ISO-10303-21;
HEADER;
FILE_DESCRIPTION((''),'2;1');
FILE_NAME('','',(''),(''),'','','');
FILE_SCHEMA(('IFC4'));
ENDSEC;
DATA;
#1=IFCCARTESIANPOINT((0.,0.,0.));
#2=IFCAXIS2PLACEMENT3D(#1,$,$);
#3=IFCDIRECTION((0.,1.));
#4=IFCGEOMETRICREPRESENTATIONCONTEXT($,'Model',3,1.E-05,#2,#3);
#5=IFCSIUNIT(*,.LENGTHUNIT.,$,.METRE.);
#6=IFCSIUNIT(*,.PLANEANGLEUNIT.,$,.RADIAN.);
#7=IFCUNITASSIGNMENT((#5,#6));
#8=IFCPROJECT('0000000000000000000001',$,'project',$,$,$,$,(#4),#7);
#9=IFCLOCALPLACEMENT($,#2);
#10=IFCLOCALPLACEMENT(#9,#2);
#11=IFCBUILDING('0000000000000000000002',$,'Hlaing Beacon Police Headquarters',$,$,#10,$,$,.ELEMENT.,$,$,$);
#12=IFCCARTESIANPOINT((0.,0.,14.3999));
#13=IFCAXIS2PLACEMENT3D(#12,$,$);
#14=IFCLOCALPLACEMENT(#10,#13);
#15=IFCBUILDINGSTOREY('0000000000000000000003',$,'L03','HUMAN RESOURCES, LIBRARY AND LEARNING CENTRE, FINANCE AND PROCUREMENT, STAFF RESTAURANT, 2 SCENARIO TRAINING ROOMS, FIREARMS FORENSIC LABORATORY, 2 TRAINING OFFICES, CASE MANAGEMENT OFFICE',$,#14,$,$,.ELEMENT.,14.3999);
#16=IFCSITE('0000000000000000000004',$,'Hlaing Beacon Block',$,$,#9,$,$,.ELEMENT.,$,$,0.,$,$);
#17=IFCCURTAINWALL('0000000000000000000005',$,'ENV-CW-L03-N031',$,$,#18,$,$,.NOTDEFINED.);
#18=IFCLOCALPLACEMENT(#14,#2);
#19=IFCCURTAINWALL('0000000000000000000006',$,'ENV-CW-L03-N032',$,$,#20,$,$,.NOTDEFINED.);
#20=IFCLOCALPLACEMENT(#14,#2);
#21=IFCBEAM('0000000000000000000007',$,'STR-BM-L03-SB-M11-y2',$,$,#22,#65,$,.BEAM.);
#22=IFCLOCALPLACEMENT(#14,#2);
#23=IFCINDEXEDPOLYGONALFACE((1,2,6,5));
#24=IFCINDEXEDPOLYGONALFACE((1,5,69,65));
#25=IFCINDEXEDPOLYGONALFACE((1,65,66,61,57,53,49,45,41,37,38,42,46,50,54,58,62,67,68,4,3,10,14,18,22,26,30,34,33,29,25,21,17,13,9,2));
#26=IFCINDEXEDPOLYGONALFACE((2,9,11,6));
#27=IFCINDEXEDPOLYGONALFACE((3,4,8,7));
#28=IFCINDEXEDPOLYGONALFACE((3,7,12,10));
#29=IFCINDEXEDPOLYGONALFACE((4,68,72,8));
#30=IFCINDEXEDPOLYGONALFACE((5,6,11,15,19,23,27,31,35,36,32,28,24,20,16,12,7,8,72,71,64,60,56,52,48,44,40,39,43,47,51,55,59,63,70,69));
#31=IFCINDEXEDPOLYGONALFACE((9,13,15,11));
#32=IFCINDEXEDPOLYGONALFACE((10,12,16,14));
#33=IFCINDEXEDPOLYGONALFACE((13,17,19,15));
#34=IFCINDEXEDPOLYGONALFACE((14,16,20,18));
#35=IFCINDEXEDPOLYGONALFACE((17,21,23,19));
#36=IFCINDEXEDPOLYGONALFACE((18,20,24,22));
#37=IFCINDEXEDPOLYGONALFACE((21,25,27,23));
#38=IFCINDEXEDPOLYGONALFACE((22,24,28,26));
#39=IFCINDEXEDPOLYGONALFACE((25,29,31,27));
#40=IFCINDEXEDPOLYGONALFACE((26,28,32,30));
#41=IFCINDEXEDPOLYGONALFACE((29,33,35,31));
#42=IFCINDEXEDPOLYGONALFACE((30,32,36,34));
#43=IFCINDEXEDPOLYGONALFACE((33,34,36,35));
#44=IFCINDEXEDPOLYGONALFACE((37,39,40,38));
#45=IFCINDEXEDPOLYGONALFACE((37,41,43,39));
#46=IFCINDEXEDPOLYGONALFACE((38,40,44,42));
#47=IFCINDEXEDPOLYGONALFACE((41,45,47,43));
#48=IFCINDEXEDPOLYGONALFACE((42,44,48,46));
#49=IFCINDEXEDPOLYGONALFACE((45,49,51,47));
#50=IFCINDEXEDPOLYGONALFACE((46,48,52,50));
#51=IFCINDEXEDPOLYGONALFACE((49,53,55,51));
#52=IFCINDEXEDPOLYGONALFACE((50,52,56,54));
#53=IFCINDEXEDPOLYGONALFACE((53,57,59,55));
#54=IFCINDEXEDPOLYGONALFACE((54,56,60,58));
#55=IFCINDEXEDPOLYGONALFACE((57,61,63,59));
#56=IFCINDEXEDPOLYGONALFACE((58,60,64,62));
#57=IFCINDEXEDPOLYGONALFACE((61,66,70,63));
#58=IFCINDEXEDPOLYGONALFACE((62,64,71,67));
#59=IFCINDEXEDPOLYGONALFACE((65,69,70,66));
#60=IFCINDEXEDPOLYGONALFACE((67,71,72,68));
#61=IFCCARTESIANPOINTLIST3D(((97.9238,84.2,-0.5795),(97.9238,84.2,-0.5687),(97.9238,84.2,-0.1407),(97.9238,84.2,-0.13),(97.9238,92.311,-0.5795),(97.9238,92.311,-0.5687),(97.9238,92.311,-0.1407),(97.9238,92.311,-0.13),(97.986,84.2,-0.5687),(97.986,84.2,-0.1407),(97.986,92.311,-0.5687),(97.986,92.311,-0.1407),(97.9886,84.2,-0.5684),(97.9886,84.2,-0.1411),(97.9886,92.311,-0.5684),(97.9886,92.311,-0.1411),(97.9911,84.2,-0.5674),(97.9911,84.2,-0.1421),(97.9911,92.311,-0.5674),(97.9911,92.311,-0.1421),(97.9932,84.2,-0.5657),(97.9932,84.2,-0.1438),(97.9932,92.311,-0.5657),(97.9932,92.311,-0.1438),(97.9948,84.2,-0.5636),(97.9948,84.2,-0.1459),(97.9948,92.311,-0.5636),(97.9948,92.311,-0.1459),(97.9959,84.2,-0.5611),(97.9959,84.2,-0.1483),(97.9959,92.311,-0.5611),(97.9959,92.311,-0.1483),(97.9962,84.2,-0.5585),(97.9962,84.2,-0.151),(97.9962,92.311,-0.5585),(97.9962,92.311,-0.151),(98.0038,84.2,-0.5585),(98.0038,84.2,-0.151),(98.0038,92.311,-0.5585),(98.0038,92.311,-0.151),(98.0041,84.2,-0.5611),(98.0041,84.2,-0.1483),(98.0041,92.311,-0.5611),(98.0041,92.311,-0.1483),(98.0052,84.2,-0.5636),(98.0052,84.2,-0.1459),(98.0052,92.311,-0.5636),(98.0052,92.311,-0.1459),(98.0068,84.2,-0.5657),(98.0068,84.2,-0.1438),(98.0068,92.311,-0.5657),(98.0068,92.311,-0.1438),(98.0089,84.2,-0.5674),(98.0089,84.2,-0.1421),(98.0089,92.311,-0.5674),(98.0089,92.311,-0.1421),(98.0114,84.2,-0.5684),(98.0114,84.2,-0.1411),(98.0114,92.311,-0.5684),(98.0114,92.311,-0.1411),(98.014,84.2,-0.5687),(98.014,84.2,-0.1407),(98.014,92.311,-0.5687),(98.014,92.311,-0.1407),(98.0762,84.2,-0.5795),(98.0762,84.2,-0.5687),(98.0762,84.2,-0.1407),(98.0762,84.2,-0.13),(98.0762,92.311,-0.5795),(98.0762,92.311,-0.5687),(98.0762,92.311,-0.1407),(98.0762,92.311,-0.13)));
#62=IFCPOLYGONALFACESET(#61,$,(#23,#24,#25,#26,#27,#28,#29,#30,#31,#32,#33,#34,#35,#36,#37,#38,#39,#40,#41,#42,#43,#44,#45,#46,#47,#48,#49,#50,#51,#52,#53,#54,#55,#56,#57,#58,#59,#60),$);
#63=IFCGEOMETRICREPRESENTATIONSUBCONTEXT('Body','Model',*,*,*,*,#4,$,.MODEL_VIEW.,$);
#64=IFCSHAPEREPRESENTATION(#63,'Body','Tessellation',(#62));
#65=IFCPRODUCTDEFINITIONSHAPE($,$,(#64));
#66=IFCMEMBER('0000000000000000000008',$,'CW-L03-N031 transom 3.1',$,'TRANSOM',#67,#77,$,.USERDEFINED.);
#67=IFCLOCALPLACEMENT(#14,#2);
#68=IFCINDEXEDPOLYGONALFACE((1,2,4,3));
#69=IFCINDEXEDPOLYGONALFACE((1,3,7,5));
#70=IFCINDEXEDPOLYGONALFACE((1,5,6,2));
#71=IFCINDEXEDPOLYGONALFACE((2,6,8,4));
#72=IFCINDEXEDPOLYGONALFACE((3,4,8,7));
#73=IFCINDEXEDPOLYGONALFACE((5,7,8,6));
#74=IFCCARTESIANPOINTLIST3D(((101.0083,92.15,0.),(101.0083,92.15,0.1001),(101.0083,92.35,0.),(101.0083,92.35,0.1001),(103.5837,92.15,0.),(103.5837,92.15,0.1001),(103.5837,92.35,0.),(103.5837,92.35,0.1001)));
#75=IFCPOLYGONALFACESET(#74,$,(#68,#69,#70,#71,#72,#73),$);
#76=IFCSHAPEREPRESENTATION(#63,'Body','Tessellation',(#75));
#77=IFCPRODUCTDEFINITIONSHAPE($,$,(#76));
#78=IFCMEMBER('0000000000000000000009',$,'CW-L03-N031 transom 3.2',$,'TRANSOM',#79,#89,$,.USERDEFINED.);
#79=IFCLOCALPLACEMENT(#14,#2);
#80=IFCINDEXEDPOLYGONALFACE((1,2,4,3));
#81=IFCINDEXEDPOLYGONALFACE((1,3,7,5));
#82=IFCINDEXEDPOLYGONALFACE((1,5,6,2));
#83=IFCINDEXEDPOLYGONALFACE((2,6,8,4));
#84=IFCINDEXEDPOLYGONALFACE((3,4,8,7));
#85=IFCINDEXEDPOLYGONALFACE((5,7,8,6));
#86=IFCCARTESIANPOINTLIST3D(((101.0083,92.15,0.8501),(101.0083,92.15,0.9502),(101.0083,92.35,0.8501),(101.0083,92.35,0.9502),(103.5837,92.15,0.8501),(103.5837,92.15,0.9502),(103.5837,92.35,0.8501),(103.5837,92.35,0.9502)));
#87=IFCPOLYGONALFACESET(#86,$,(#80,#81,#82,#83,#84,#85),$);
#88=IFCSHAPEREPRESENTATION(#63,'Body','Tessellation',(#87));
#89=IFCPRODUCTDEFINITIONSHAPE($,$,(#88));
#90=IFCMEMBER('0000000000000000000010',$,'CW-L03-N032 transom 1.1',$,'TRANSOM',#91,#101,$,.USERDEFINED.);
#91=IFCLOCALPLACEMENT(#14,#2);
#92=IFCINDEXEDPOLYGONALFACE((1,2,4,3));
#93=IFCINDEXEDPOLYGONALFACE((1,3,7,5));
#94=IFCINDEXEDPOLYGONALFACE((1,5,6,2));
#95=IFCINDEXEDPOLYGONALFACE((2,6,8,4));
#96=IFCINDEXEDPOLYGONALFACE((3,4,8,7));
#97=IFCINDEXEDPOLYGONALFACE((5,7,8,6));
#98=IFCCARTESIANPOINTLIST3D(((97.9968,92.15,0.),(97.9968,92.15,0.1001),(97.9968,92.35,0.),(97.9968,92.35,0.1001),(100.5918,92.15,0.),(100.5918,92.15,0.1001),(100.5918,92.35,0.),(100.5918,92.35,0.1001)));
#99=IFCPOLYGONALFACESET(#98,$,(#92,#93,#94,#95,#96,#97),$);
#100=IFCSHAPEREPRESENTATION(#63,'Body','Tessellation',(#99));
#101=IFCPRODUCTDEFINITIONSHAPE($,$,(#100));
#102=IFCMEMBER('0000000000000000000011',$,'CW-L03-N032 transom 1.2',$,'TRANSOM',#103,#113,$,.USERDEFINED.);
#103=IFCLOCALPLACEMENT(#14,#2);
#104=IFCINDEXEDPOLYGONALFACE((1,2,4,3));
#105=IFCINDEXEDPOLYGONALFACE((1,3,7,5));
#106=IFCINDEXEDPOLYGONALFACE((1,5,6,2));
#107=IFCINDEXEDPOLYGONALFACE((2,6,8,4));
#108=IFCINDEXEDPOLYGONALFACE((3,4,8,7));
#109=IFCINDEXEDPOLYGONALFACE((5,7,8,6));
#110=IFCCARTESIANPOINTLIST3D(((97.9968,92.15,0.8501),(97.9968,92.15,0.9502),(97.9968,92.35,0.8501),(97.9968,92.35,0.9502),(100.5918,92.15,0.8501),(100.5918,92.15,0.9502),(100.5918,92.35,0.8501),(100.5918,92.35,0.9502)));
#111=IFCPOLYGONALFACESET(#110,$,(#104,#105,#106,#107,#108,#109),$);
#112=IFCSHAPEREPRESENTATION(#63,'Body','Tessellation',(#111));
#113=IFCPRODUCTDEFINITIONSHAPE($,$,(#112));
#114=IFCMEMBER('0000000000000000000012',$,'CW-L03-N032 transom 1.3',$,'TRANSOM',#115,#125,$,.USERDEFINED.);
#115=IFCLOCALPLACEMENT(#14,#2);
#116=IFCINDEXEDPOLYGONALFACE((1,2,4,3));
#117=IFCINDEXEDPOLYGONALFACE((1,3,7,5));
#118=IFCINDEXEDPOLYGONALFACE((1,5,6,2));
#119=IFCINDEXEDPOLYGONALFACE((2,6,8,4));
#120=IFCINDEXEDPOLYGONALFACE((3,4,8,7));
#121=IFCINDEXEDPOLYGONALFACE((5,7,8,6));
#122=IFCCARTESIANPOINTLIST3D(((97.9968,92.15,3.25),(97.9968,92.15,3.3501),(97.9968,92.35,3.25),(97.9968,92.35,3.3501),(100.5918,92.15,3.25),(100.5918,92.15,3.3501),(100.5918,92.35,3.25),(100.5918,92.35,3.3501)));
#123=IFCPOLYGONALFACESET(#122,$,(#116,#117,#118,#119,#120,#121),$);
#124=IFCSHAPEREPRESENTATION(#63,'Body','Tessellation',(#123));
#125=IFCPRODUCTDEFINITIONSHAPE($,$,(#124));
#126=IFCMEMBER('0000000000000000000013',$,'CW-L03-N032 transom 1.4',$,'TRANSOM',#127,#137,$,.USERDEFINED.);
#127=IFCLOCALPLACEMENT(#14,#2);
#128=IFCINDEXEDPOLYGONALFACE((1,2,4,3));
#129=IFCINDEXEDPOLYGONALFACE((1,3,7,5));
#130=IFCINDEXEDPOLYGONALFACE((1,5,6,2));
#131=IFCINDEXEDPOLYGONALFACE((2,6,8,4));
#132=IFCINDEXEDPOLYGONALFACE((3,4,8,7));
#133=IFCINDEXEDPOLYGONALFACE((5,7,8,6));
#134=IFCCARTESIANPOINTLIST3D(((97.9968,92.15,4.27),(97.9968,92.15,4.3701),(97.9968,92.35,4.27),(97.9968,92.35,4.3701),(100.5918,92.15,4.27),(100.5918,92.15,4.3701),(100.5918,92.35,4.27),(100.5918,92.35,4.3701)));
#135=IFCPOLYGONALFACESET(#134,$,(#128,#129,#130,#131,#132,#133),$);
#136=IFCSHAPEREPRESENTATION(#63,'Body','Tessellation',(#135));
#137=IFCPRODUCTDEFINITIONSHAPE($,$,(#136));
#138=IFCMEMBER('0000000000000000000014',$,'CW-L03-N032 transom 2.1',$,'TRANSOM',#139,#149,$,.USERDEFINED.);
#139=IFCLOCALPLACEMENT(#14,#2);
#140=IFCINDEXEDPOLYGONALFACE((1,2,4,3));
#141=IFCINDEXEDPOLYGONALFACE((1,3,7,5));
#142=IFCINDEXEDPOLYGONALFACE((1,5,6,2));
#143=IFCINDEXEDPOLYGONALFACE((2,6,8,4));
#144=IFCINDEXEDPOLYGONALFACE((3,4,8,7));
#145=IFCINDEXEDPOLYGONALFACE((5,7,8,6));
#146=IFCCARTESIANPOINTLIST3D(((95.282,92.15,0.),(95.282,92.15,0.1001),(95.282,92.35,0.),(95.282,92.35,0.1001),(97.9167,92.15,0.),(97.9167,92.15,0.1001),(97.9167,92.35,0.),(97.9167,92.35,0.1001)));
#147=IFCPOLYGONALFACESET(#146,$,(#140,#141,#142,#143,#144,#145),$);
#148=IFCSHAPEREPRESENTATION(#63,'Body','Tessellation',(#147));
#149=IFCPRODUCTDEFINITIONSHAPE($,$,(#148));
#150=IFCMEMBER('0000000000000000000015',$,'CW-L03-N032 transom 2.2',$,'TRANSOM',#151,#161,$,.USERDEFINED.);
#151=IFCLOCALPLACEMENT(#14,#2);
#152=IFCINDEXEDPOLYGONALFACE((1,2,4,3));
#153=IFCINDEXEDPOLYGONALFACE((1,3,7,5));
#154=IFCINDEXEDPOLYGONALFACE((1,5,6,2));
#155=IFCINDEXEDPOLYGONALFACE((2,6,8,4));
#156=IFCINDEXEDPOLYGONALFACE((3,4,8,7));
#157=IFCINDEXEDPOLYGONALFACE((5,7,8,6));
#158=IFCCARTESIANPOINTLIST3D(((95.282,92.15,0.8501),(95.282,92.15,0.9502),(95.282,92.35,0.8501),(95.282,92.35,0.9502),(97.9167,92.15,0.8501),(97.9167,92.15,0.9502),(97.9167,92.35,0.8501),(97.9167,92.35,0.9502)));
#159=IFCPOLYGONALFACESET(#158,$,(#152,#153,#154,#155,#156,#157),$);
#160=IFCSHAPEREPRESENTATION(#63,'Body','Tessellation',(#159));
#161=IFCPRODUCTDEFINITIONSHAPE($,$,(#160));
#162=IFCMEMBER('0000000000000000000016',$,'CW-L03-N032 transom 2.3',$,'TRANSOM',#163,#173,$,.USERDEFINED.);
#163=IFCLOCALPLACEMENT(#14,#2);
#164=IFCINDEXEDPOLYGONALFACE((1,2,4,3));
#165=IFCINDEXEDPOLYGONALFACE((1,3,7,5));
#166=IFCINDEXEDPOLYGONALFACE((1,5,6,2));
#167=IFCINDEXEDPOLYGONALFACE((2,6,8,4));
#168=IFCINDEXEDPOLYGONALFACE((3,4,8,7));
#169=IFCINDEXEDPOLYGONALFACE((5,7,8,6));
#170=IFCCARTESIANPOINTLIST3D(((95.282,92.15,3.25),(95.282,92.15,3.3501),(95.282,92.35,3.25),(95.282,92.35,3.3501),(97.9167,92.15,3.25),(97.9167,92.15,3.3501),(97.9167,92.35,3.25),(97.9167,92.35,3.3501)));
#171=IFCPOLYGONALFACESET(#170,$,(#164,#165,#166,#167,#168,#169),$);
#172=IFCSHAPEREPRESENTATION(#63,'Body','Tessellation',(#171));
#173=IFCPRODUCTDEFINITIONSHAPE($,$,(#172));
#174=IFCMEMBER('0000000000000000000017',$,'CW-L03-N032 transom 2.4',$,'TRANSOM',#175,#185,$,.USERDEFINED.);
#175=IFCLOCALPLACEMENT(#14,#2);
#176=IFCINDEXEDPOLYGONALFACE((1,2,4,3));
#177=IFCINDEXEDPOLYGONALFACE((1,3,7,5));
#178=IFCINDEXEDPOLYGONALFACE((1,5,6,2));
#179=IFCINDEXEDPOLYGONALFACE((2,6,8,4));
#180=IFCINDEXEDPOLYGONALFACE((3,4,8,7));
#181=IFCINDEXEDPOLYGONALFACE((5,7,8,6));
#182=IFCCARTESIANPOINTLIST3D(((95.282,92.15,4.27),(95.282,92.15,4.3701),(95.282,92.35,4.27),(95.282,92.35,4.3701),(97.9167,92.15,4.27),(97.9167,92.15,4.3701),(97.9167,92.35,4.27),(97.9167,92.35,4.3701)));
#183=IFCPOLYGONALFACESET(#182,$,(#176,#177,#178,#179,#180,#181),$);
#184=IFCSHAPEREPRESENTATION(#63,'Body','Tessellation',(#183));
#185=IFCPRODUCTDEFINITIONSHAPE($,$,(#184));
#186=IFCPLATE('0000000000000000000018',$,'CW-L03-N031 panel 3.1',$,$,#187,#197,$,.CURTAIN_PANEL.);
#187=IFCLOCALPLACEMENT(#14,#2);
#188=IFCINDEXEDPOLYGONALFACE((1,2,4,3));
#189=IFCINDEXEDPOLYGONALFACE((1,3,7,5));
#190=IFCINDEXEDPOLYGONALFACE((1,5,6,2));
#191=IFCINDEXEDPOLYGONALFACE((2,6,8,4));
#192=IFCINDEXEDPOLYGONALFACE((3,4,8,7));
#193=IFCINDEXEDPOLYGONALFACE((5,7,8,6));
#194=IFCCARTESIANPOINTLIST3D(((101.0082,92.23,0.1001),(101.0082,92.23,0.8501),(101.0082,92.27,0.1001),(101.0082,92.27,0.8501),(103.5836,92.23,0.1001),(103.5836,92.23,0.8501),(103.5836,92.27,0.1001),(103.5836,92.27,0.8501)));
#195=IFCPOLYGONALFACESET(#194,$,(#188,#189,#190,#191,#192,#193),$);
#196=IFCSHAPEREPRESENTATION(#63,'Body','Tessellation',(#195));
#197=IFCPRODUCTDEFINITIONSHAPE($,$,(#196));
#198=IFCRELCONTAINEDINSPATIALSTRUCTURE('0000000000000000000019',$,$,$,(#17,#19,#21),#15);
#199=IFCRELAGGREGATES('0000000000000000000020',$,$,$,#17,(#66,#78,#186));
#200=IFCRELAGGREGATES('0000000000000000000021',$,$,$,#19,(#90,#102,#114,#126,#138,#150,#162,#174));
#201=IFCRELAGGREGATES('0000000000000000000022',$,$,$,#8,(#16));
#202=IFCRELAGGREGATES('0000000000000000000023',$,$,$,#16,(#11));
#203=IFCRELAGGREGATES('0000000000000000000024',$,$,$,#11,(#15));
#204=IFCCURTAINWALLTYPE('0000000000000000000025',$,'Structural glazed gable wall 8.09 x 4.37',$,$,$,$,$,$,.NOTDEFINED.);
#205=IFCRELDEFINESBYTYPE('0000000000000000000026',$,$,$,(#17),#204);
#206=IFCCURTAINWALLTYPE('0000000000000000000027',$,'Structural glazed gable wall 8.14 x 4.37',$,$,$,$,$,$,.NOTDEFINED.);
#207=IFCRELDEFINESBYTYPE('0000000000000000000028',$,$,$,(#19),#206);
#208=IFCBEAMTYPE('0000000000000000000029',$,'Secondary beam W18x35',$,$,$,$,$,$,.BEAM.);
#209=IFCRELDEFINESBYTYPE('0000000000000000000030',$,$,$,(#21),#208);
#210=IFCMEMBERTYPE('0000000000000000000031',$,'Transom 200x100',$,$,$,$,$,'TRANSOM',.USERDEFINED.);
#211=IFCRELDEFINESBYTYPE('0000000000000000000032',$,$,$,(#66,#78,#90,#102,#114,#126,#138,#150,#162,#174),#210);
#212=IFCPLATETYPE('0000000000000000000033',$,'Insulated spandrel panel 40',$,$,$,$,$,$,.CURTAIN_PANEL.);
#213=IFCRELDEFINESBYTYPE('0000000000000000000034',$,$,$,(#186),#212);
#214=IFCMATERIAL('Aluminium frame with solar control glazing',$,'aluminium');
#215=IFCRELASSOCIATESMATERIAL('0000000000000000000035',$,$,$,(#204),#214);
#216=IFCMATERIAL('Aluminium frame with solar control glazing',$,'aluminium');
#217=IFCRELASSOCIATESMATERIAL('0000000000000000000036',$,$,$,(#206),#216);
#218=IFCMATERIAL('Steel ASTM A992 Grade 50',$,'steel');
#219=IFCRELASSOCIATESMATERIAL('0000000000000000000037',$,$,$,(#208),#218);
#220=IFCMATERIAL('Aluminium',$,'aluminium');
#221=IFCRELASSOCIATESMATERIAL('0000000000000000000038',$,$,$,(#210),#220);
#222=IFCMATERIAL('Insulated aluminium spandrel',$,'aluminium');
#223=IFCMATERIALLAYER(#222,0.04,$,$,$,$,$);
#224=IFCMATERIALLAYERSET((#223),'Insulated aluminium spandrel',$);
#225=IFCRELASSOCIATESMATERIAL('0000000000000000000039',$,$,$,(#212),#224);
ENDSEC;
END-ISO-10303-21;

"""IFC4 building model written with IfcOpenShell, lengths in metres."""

from ifc_helpers import new_model, si_unit, direction, frame, origin, origin_2d, place, context, subcontext, project, spatial, rectangle, i_section, extrude, material, layer, layer_set, material_profile, profile_set, type_object, element, aggregate, save


model = new_model("IFC4")

# Units and contexts
model_context = context("Model", 3, precision=1e-05, world=origin(), true_north=direction((0.0, 1.0)))
body_context = subcontext(model_context, "Body", "Model", "MODEL_VIEW")
ifc_project = project(units=[si_unit("LENGTHUNIT", "METRE"), si_unit("PLANEANGLEUNIT", "RADIAN")], contexts=[model_context])

# Site, building, storey
site_placement = place(None, origin())
site = spatial("IfcSite", under=ifc_project, at=site_placement, Name="Hlaing Beacon Block", CompositionType="ELEMENT", RefElevation=0.0)
building_placement = place(site_placement, origin())
building = spatial("IfcBuilding", under=site, at=building_placement, Name="Hlaing Beacon Police Headquarters", CompositionType="ELEMENT")
storey_placement = place(building_placement, frame((0.0, 0.0, 14.3999)))
storey = spatial("IfcBuildingStorey", under=building, at=storey_placement, Name="L03", Description="HUMAN RESOURCES, LIBRARY AND LEARNING CENTRE, FINANCE AND PROCUREMENT, STAFF RESTAURANT, 2 SCENARIO TRAINING ROOMS, FIREARMS FORENSIC LABORATORY, 2 TRAINING OFFICES, CASE MANAGEMENT OFFICE", CompositionType="ELEMENT", Elevation=14.3999)

# Curtain wall
ifc_material_1 = material(Name="Aluminium frame with solar control glazing", Category="aluminium")
curtain_wall_type_1 = type_object("IfcCurtainWallType", Name="Structural glazed gable wall 8.09 x 4.37", PredefinedType="NOTDEFINED", material=ifc_material_1)
curtain_wall_1_placement = place(storey_placement, origin())
curtain_wall_1 = element("IfcCurtainWall", 1, at=curtain_wall_1_placement, inside=storey, type_object=curtain_wall_type_1, Name="ENV-CW-L03-N031", PredefinedType="NOTDEFINED")

# Curtain wall
ifc_material_2 = material(Name="Aluminium frame with solar control glazing", Category="aluminium")
curtain_wall_type_2 = type_object("IfcCurtainWallType", Name="Structural glazed gable wall 8.14 x 4.37", PredefinedType="NOTDEFINED", material=ifc_material_2)
curtain_wall_2_placement = place(storey_placement, origin())
curtain_wall_2 = element("IfcCurtainWall", 2, at=curtain_wall_2_placement, inside=storey, type_object=curtain_wall_type_2, Name="ENV-CW-L03-N032", PredefinedType="NOTDEFINED")

# Beam
ifc_material_3 = material(Name="Steel ASTM A992 Grade 50", Category="steel")
ifc_material_profile_1 = material_profile(ifc_material_3, i_section(OverallWidth=0.1523, OverallDepth=0.4495, WebThickness=0.0076, FlangeThickness=0.0107, FilletRadius=0.0103, at=origin_2d()), Name="W18x35")
ifc_profile_set_1 = profile_set([ifc_material_profile_1], Name="Steel ASTM A992 Grade 50")
beam_type_1 = type_object("IfcBeamType", Name="Secondary beam W18x35", PredefinedType="BEAM", material=ifc_profile_set_1)
beam_1_placement = place(storey_placement, frame((98.0, 84.2, -0.3547), z_axis=(0.0, 1.0, 0.0), x_axis=(-1.0, 0.0, 0.0)))
element("IfcBeam", 3, at=beam_1_placement, inside=storey, type_object=beam_type_1, Name="STR-BM-L03-SB-M11-y2", PredefinedType="BEAM", context=body_context, shape_type="SweptSolid", body=[
    extrude(i_section(OverallWidth=0.1523, OverallDepth=0.4495, WebThickness=0.0076, FlangeThickness=0.0107, FilletRadius=0.0103, at=origin_2d()), origin(), (0.0, 0.0, 1.0), 8.1111),
])

# Members
ifc_material_4 = material(Name="Aluminium", Category="aluminium")
ifc_material_profile_2 = material_profile(ifc_material_4, rectangle(XDim=0.2, YDim=0.1001, at=origin_2d()), Name="Transom 200x100")
ifc_profile_set_2 = profile_set([ifc_material_profile_2], Name="Aluminium")
member_type_1 = type_object("IfcMemberType", Name="Transom 200x100", ElementType="TRANSOM", PredefinedType="USERDEFINED", material=ifc_profile_set_2)
member_1_placement = place(storey_placement, frame((103.5837, 92.25, 0.05), z_axis=(-1.0, 0.0, 0.0), x_axis=(0.0, -1.0, 0.0)))
member_1 = element("IfcMember", 4, at=member_1_placement, type_object=member_type_1, Name="CW-L03-N031 transom 3.1", ObjectType="TRANSOM", PredefinedType="USERDEFINED", context=body_context, shape_type="SweptSolid", body=[
    extrude(rectangle(XDim=0.2, YDim=0.1001, at=origin_2d()), origin(), (0.0, 0.0, 1.0), 2.5754),
])
member_2_placement = place(storey_placement, frame((103.5837, 92.25, 0.9001), z_axis=(-1.0, 0.0, 0.0), x_axis=(0.0, -1.0, 0.0)))
member_2 = element("IfcMember", 5, at=member_2_placement, type_object=member_type_1, Name="CW-L03-N031 transom 3.2", ObjectType="TRANSOM", PredefinedType="USERDEFINED", context=body_context, shape_type="SweptSolid", body=[
    extrude(rectangle(XDim=0.2, YDim=0.1001, at=origin_2d()), origin(), (0.0, 0.0, 1.0), 2.5754),
])
member_3_placement = place(storey_placement, frame((100.5918, 92.25, 0.05), z_axis=(-1.0, 0.0, 0.0), x_axis=(0.0, -1.0, 0.0)))
member_3 = element("IfcMember", 6, at=member_3_placement, type_object=member_type_1, Name="CW-L03-N032 transom 1.1", ObjectType="TRANSOM", PredefinedType="USERDEFINED", context=body_context, shape_type="SweptSolid", body=[
    extrude(rectangle(XDim=0.2, YDim=0.1001, at=origin_2d()), origin(), (0.0, 0.0, 1.0), 2.595),
])
member_4_placement = place(storey_placement, frame((100.5918, 92.25, 0.9001), z_axis=(-1.0, 0.0, 0.0), x_axis=(0.0, -1.0, 0.0)))
member_4 = element("IfcMember", 7, at=member_4_placement, type_object=member_type_1, Name="CW-L03-N032 transom 1.2", ObjectType="TRANSOM", PredefinedType="USERDEFINED", context=body_context, shape_type="SweptSolid", body=[
    extrude(rectangle(XDim=0.2, YDim=0.1001, at=origin_2d()), origin(), (0.0, 0.0, 1.0), 2.595),
])
member_5_placement = place(storey_placement, frame((100.5918, 92.25, 3.3), z_axis=(-1.0, 0.0, 0.0), x_axis=(0.0, -1.0, 0.0)))
member_5 = element("IfcMember", 8, at=member_5_placement, type_object=member_type_1, Name="CW-L03-N032 transom 1.3", ObjectType="TRANSOM", PredefinedType="USERDEFINED", context=body_context, shape_type="SweptSolid", body=[
    extrude(rectangle(XDim=0.2, YDim=0.1001, at=origin_2d()), origin(), (0.0, 0.0, 1.0), 2.595),
])
member_6_placement = place(storey_placement, frame((100.5918, 92.25, 4.3201), z_axis=(-1.0, 0.0, 0.0), x_axis=(0.0, -1.0, 0.0)))
member_6 = element("IfcMember", 9, at=member_6_placement, type_object=member_type_1, Name="CW-L03-N032 transom 1.4", ObjectType="TRANSOM", PredefinedType="USERDEFINED", context=body_context, shape_type="SweptSolid", body=[
    extrude(rectangle(XDim=0.2, YDim=0.1001, at=origin_2d()), origin(), (0.0, 0.0, 1.0), 2.595),
])
member_7_placement = place(storey_placement, frame((97.9167, 92.25, 0.05), z_axis=(-1.0, 0.0, 0.0), x_axis=(0.0, -1.0, 0.0)))
member_7 = element("IfcMember", 10, at=member_7_placement, type_object=member_type_1, Name="CW-L03-N032 transom 2.1", ObjectType="TRANSOM", PredefinedType="USERDEFINED", context=body_context, shape_type="SweptSolid", body=[
    extrude(rectangle(XDim=0.2, YDim=0.1001, at=origin_2d()), origin(), (0.0, 0.0, 1.0), 2.6348),
])
member_8_placement = place(storey_placement, frame((97.9167, 92.25, 0.9001), z_axis=(-1.0, 0.0, 0.0), x_axis=(0.0, -1.0, 0.0)))
member_8 = element("IfcMember", 11, at=member_8_placement, type_object=member_type_1, Name="CW-L03-N032 transom 2.2", ObjectType="TRANSOM", PredefinedType="USERDEFINED", context=body_context, shape_type="SweptSolid", body=[
    extrude(rectangle(XDim=0.2, YDim=0.1001, at=origin_2d()), origin(), (0.0, 0.0, 1.0), 2.6348),
])
member_9_placement = place(storey_placement, frame((97.9167, 92.25, 3.3), z_axis=(-1.0, 0.0, 0.0), x_axis=(0.0, -1.0, 0.0)))
member_9 = element("IfcMember", 12, at=member_9_placement, type_object=member_type_1, Name="CW-L03-N032 transom 2.3", ObjectType="TRANSOM", PredefinedType="USERDEFINED", context=body_context, shape_type="SweptSolid", body=[
    extrude(rectangle(XDim=0.2, YDim=0.1001, at=origin_2d()), origin(), (0.0, 0.0, 1.0), 2.6348),
])
member_10_placement = place(storey_placement, frame((97.9167, 92.25, 4.3201), z_axis=(-1.0, 0.0, 0.0), x_axis=(0.0, -1.0, 0.0)))
member_10 = element("IfcMember", 13, at=member_10_placement, type_object=member_type_1, Name="CW-L03-N032 transom 2.4", ObjectType="TRANSOM", PredefinedType="USERDEFINED", context=body_context, shape_type="SweptSolid", body=[
    extrude(rectangle(XDim=0.2, YDim=0.1001, at=origin_2d()), origin(), (0.0, 0.0, 1.0), 2.6348),
])

# Plate
ifc_material_5 = material(Name="Insulated aluminium spandrel", Category="aluminium")
ifc_layer_1 = layer(ifc_material_5, 0.04)
ifc_layer_set_1 = layer_set([ifc_layer_1], Name="Insulated aluminium spandrel")
plate_type_1 = type_object("IfcPlateType", Name="Insulated spandrel panel 40", PredefinedType="CURTAIN_PANEL", material=ifc_layer_set_1)
plate_1_placement = place(storey_placement, frame((102.2959, 92.25, 0.1001), z_axis=(0.0, 0.0, 1.0), x_axis=(-1.0, 0.0, 0.0)))
plate_1 = element("IfcPlate", 14, at=plate_1_placement, type_object=plate_type_1, Name="CW-L03-N031 panel 3.1", PredefinedType="CURTAIN_PANEL", context=body_context, shape_type="SweptSolid", body=[
    extrude(rectangle(XDim=2.5754, YDim=0.04, at=origin_2d()), origin(), (0.0, 0.0, 1.0), 0.75),
])
aggregate(curtain_wall_1, [member_1, member_2, plate_1])
aggregate(curtain_wall_2, [member_3, member_4, member_5, member_6, member_7, member_8, member_9, member_10])

save(model, "model.ifc")
